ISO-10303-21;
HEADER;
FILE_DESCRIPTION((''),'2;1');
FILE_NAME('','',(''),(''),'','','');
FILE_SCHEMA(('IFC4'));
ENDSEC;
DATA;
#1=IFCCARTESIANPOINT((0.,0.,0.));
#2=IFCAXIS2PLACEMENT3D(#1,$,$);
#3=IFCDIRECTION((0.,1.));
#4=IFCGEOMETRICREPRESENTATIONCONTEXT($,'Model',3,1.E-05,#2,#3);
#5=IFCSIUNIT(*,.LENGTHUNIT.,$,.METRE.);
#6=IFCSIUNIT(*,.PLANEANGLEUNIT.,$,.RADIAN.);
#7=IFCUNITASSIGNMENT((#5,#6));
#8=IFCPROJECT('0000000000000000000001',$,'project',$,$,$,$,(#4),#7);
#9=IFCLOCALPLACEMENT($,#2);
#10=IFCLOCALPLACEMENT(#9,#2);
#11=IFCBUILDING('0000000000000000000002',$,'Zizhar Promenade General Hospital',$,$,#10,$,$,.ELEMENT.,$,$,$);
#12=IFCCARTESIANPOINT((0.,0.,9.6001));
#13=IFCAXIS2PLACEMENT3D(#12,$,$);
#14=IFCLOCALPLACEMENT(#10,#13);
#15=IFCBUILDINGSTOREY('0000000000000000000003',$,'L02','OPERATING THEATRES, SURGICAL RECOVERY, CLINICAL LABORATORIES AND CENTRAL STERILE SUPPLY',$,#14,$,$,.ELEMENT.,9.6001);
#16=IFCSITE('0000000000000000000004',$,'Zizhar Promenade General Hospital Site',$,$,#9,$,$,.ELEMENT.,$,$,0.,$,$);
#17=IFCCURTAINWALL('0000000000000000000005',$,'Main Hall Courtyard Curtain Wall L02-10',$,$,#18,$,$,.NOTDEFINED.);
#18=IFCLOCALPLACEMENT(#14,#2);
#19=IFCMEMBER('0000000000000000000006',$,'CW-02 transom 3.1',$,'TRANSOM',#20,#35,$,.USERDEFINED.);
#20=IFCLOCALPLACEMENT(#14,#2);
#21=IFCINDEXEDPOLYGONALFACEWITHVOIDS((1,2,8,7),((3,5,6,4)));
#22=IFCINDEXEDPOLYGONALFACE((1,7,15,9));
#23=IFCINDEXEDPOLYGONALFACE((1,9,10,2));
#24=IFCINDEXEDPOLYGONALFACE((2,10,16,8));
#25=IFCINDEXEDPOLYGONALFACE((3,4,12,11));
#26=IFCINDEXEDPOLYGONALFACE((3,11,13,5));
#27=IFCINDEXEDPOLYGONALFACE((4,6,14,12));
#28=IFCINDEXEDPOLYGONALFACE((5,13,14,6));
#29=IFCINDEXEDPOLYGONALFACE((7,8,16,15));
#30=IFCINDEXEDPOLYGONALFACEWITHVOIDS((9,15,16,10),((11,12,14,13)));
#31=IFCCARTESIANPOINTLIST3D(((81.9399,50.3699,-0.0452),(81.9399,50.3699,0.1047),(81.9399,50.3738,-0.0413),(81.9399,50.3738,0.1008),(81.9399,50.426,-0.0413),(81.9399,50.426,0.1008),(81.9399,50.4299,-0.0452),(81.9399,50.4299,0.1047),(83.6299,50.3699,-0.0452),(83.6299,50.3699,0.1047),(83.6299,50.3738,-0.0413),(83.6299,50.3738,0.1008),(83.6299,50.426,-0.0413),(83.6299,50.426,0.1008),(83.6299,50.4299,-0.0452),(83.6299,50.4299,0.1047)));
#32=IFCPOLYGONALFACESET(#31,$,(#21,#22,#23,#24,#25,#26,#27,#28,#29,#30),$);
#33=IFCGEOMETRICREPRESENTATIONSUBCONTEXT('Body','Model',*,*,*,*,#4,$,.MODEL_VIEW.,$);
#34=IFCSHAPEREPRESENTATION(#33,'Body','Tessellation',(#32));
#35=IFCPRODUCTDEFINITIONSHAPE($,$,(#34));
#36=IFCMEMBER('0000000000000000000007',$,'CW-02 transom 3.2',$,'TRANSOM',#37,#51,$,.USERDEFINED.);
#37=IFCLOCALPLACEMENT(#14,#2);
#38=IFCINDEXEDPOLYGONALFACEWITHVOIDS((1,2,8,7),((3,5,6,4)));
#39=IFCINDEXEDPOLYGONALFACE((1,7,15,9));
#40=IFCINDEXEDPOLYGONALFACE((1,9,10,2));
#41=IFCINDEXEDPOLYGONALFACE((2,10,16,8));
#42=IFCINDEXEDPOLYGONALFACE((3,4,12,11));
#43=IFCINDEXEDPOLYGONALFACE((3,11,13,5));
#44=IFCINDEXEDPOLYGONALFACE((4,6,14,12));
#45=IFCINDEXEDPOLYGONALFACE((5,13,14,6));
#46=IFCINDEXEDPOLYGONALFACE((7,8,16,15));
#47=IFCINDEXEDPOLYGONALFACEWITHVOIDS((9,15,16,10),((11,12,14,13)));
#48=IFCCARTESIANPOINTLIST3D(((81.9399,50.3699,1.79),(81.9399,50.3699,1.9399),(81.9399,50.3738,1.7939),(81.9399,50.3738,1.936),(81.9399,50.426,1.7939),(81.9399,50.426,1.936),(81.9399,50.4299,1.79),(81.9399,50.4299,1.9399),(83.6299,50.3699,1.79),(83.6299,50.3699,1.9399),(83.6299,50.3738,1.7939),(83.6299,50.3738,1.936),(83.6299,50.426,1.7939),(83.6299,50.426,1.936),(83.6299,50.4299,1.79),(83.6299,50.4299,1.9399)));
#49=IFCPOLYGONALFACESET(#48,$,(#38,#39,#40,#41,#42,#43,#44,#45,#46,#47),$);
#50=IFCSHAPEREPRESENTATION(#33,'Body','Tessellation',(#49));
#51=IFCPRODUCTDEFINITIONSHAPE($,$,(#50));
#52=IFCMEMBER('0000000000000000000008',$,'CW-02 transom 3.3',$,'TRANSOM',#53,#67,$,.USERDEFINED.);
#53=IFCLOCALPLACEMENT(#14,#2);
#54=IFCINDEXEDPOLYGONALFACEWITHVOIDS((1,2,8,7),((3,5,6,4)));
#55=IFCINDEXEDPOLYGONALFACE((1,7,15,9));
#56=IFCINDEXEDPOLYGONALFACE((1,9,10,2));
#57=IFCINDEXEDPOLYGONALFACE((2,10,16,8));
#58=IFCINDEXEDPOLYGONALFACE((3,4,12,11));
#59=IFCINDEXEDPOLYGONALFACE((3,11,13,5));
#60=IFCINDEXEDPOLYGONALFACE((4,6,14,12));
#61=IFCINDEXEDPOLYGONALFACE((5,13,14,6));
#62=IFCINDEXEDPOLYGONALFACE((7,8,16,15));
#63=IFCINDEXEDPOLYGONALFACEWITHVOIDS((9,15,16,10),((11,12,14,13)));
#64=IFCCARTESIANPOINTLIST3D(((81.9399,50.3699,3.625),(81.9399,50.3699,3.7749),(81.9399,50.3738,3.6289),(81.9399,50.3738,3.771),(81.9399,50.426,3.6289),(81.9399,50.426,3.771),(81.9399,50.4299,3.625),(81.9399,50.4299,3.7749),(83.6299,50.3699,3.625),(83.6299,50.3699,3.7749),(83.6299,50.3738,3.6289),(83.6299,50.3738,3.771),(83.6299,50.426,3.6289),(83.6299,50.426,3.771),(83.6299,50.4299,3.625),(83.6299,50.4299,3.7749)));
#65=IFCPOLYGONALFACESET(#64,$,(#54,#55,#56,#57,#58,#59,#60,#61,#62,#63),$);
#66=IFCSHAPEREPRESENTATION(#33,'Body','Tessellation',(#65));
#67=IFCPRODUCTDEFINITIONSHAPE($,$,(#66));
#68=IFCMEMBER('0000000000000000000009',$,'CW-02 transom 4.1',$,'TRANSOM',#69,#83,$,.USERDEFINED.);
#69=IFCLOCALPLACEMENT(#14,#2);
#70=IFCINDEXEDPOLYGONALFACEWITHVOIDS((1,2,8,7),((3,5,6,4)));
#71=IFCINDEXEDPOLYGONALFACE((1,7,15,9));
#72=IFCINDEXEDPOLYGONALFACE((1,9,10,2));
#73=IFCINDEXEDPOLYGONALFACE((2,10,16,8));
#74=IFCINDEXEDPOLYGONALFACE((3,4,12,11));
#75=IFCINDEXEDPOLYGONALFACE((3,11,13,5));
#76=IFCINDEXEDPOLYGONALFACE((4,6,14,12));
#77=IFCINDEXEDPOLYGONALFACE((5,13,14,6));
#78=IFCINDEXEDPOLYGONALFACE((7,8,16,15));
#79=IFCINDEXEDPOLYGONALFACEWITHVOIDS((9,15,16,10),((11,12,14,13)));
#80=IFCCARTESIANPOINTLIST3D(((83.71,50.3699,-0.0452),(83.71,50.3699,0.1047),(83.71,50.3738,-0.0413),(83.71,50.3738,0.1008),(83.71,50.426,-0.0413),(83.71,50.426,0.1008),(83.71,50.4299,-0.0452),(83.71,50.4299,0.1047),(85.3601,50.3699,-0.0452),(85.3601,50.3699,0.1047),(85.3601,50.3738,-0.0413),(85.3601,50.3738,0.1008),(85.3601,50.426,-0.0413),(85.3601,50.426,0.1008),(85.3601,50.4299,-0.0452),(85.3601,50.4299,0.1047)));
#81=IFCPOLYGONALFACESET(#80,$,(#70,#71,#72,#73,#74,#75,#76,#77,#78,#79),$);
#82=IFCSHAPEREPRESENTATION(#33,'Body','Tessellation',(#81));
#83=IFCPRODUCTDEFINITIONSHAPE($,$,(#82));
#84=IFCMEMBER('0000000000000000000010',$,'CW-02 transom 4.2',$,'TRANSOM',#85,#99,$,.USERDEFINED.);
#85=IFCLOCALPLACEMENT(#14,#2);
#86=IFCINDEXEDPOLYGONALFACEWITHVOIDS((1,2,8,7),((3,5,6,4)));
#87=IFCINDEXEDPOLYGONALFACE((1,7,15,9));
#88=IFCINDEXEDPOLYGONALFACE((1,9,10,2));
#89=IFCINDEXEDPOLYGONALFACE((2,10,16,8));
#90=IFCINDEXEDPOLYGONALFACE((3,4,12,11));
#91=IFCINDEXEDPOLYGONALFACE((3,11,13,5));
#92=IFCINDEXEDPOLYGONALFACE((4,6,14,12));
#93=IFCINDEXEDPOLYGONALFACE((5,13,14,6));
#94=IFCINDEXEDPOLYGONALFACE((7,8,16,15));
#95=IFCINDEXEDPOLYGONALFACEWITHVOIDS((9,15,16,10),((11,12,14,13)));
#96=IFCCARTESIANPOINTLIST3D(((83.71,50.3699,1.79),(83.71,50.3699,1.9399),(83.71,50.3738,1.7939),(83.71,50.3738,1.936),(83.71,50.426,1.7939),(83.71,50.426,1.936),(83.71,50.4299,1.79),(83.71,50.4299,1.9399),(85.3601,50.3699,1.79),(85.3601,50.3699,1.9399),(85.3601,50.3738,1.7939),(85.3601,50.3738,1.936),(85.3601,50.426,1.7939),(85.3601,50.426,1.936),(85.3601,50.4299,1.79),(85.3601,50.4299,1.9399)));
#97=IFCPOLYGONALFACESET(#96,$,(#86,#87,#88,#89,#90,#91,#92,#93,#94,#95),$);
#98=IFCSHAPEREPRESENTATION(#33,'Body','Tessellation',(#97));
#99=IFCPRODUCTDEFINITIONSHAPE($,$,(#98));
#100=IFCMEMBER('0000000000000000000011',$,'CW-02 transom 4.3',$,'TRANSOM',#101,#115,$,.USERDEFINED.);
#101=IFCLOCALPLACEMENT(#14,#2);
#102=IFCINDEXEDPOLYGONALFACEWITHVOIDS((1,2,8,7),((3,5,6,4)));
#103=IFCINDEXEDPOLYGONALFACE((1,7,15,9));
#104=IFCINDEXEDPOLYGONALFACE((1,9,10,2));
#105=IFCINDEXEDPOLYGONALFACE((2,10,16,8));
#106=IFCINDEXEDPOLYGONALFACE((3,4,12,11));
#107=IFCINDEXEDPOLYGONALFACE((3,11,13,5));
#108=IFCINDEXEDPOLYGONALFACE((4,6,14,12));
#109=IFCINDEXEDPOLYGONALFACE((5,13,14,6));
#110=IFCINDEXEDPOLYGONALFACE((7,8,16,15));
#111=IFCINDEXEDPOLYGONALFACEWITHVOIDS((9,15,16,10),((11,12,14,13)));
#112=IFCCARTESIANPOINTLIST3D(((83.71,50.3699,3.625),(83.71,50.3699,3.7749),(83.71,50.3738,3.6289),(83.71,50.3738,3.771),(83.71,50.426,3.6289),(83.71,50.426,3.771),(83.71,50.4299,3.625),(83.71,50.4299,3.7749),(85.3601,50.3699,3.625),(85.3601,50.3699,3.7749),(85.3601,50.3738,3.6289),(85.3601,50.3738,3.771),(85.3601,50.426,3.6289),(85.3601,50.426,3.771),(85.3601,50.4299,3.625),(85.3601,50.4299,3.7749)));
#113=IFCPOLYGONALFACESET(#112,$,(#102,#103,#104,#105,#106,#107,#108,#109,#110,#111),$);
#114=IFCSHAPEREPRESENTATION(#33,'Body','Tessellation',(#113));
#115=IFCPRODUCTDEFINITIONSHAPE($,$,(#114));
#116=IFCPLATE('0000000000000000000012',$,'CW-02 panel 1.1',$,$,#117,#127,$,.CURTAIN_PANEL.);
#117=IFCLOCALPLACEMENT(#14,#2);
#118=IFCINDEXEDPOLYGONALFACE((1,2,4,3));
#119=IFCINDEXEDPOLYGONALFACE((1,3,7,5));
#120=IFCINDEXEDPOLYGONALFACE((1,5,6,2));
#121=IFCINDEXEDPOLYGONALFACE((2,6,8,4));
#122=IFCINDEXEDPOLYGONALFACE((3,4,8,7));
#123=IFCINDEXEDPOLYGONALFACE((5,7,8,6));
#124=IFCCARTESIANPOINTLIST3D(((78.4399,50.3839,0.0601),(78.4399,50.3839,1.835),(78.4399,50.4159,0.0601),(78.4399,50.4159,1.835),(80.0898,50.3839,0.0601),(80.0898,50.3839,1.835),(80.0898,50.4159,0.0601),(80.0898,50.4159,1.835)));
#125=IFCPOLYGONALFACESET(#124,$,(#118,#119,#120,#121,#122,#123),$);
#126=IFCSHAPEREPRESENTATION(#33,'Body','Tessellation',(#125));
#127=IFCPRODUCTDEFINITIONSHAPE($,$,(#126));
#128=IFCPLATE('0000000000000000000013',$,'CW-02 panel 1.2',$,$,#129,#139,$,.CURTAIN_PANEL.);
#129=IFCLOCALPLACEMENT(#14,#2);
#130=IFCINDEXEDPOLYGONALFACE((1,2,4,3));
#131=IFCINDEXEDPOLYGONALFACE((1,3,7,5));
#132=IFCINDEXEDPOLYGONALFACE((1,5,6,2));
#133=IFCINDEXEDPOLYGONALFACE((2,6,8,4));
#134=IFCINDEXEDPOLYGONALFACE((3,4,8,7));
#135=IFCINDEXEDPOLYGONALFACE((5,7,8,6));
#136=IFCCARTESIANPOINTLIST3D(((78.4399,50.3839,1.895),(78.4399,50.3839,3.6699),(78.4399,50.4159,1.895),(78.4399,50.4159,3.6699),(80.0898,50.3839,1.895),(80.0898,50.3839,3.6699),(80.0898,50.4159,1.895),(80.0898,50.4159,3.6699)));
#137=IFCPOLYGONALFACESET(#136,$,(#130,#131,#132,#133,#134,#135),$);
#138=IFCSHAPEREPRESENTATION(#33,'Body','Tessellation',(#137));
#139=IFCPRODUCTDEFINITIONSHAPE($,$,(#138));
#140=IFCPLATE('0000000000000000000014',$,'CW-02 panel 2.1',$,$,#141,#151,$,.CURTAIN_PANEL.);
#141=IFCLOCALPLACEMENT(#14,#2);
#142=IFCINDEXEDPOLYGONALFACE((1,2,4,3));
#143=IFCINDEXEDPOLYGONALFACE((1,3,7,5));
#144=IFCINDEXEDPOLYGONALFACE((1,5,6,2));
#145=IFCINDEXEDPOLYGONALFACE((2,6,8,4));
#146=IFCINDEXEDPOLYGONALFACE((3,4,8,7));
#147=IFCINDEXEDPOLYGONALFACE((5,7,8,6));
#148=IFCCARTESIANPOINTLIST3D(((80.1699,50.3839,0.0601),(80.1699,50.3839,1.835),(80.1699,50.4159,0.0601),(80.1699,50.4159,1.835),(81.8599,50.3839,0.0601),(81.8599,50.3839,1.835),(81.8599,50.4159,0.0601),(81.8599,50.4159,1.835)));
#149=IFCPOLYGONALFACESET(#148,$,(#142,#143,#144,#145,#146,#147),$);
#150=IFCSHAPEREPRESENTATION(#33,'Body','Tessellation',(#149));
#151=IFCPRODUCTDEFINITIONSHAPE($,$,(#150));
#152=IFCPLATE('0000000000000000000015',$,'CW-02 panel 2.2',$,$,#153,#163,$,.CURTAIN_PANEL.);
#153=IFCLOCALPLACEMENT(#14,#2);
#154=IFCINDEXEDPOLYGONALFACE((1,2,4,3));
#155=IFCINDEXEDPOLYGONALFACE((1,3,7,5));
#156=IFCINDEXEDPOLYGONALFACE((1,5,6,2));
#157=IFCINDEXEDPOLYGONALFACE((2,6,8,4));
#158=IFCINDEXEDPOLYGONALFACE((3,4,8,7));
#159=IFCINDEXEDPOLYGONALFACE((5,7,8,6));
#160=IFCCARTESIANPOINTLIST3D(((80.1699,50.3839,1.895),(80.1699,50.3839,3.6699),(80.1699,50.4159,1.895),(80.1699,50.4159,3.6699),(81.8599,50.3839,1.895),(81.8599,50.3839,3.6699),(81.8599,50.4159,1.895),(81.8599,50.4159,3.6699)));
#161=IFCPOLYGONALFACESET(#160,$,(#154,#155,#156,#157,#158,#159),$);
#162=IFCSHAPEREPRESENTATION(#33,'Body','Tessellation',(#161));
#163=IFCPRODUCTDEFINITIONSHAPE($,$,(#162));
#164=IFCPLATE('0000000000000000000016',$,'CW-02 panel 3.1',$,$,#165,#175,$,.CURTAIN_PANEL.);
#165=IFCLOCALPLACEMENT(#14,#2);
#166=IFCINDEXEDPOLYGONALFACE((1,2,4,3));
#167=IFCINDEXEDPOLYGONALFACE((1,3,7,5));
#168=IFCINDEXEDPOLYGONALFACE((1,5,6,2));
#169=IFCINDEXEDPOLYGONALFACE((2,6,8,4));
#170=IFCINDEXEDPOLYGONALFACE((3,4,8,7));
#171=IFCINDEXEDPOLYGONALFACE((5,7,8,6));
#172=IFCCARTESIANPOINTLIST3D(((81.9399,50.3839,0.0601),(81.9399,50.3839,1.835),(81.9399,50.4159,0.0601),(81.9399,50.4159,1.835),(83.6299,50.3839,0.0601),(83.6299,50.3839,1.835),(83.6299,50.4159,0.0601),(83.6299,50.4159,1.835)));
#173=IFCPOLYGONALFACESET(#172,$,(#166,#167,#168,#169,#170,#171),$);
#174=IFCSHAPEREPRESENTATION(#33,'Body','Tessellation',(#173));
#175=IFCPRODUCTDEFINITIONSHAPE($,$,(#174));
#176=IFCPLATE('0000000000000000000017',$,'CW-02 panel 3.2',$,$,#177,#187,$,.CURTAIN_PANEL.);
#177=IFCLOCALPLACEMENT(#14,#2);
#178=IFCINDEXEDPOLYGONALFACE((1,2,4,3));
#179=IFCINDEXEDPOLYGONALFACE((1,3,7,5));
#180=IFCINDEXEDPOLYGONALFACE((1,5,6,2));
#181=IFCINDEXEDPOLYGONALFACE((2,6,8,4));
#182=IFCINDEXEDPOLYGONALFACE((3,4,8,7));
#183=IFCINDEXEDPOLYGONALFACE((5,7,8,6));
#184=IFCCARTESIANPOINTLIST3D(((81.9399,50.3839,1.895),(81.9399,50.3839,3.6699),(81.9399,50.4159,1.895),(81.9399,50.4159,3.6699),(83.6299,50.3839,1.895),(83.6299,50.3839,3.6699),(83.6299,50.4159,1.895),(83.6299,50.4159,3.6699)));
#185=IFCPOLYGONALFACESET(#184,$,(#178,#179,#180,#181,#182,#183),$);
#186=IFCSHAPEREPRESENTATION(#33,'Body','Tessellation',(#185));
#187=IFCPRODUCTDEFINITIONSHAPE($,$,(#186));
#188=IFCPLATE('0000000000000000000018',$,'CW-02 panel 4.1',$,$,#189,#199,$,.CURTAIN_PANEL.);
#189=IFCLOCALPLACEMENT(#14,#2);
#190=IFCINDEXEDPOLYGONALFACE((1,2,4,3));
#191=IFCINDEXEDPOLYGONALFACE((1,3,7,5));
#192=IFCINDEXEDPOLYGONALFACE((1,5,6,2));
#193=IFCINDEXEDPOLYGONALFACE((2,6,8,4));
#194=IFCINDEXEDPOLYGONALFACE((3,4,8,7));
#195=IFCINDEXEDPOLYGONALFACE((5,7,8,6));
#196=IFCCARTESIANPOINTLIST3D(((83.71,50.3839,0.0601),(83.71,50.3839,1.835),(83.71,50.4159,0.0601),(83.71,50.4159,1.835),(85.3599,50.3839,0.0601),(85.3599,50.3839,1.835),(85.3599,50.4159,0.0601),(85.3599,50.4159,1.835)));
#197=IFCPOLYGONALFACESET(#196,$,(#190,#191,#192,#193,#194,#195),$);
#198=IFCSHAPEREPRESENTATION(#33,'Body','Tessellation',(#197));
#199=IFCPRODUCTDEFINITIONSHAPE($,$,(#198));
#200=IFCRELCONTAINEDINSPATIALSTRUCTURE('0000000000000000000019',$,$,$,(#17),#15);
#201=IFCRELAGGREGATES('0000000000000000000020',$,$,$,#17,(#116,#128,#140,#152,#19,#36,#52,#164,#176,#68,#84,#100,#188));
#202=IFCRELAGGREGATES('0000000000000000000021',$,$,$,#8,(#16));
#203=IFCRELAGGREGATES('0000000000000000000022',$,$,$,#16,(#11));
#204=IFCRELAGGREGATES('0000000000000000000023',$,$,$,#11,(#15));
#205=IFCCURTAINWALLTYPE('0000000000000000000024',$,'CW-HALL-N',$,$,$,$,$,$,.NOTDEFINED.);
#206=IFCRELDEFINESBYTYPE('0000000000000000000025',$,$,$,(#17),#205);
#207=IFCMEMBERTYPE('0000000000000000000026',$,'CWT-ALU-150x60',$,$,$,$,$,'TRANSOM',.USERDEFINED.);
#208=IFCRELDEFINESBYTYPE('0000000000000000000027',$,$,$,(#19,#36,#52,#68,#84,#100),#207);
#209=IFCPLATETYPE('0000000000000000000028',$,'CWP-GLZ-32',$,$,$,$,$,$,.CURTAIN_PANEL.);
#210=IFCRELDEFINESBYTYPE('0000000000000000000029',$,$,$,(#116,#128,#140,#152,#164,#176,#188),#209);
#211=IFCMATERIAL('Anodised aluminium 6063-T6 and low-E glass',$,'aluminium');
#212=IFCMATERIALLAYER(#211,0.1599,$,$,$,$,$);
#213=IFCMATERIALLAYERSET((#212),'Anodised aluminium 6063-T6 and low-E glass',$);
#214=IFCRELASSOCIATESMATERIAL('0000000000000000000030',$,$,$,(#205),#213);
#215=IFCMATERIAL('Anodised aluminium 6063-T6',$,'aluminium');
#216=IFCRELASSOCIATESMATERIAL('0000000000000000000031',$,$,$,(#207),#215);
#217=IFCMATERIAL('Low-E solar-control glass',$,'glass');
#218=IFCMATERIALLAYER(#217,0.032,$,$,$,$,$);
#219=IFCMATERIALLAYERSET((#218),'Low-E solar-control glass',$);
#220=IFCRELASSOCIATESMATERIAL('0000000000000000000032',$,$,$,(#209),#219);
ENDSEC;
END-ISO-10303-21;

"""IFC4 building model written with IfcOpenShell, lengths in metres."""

from ifc_helpers import new_model, si_unit, direction, frame, origin, origin_2d, place, context, subcontext, project, spatial, rectangle, hollow_rectangle, extrude, material, layer, layer_set, material_profile, profile_set, type_object, element, aggregate, save


model = new_model("IFC4")

# Units and contexts
model_context = context("Model", 3, precision=1e-05, world=origin(), true_north=direction((0.0, 1.0)))
body_context = subcontext(model_context, "Body", "Model", "MODEL_VIEW")
ifc_project = project(units=[si_unit("LENGTHUNIT", "METRE"), si_unit("PLANEANGLEUNIT", "RADIAN")], contexts=[model_context])

# Site, building, storey
site_placement = place(None, origin())
site = spatial("IfcSite", under=ifc_project, at=site_placement, Name="Zizhar Promenade General Hospital Site", CompositionType="ELEMENT", RefElevation=0.0)
building_placement = place(site_placement, origin())
building = spatial("IfcBuilding", under=site, at=building_placement, Name="Zizhar Promenade General Hospital", CompositionType="ELEMENT")
storey_placement = place(building_placement, frame((0.0, 0.0, 9.6001)))
storey = spatial("IfcBuildingStorey", under=building, at=storey_placement, Name="L02", Description="OPERATING THEATRES, SURGICAL RECOVERY, CLINICAL LABORATORIES AND CENTRAL STERILE SUPPLY", CompositionType="ELEMENT", Elevation=9.6001)

# Curtain wall, members, plates
ifc_material_1 = material(Name="Anodised aluminium 6063-T6 and low-E glass", Category="aluminium")
ifc_layer_1 = layer(ifc_material_1, 0.1599)
ifc_layer_set_1 = layer_set([ifc_layer_1], Name="Anodised aluminium 6063-T6 and low-E glass")
curtain_wall_type = type_object("IfcCurtainWallType", Name="CW-HALL-N", PredefinedType="NOTDEFINED", material=ifc_layer_set_1)
curtain_wall_placement = place(storey_placement, origin())
curtain_wall = element("IfcCurtainWall", 1, at=curtain_wall_placement, inside=storey, type_object=curtain_wall_type, Name="Main Hall Courtyard Curtain Wall L02-10", PredefinedType="NOTDEFINED")
ifc_material_2 = material(Name="Anodised aluminium 6063-T6", Category="aluminium")
ifc_material_profile_1 = material_profile(ifc_material_2, hollow_rectangle(XDim=0.0601, YDim=0.1499, WallThickness=0.0039, at=origin_2d()))
ifc_profile_set_1 = profile_set([ifc_material_profile_1], Name="Anodised aluminium 6063-T6")
member_type_1 = type_object("IfcMemberType", Name="CWT-ALU-150x60", ElementType="TRANSOM", PredefinedType="USERDEFINED", material=ifc_profile_set_1)
member_1_placement = place(storey_placement, frame((81.9399, 50.3999, 0.0298), z_axis=(1.0, 0.0, 0.0), x_axis=(0.0, 1.0, 0.0)))
member_1 = element("IfcMember", 2, at=member_1_placement, type_object=member_type_1, Name="CW-02 transom 3.1", ObjectType="TRANSOM", PredefinedType="USERDEFINED", context=body_context, shape_type="SweptSolid", body=[
    extrude(hollow_rectangle(XDim=0.0601, YDim=0.1499, WallThickness=0.0039, at=origin_2d()), origin(), (0.0, 0.0, 1.0), 1.6899),
])
member_2_placement = place(storey_placement, frame((81.9399, 50.3999, 1.865), z_axis=(1.0, 0.0, 0.0), x_axis=(0.0, 1.0, 0.0)))
member_2 = element("IfcMember", 3, at=member_2_placement, type_object=member_type_1, Name="CW-02 transom 3.2", ObjectType="TRANSOM", PredefinedType="USERDEFINED", context=body_context, shape_type="SweptSolid", body=[
    extrude(hollow_rectangle(XDim=0.0601, YDim=0.1499, WallThickness=0.0039, at=origin_2d()), origin(), (0.0, 0.0, 1.0), 1.6899),
])
member_3_placement = place(storey_placement, frame((81.9399, 50.3999, 3.7), z_axis=(1.0, 0.0, 0.0), x_axis=(0.0, 1.0, 0.0)))
member_3 = element("IfcMember", 4, at=member_3_placement, type_object=member_type_1, Name="CW-02 transom 3.3", ObjectType="TRANSOM", PredefinedType="USERDEFINED", context=body_context, shape_type="SweptSolid", body=[
    extrude(hollow_rectangle(XDim=0.0601, YDim=0.1499, WallThickness=0.0039, at=origin_2d()), origin(), (0.0, 0.0, 1.0), 1.6899),
])
member_4_placement = place(storey_placement, frame((83.71, 50.3999, 0.0298), z_axis=(1.0, 0.0, 0.0), x_axis=(0.0, 1.0, 0.0)))
member_4 = element("IfcMember", 5, at=member_4_placement, type_object=member_type_1, Name="CW-02 transom 4.1", ObjectType="TRANSOM", PredefinedType="USERDEFINED", context=body_context, shape_type="SweptSolid", body=[
    extrude(hollow_rectangle(XDim=0.0601, YDim=0.1499, WallThickness=0.0039, at=origin_2d()), origin(), (0.0, 0.0, 1.0), 1.6501),
])
member_5_placement = place(storey_placement, frame((83.71, 50.3999, 1.865), z_axis=(1.0, 0.0, 0.0), x_axis=(0.0, 1.0, 0.0)))
member_5 = element("IfcMember", 6, at=member_5_placement, type_object=member_type_1, Name="CW-02 transom 4.2", ObjectType="TRANSOM", PredefinedType="USERDEFINED", context=body_context, shape_type="SweptSolid", body=[
    extrude(hollow_rectangle(XDim=0.0601, YDim=0.1499, WallThickness=0.0039, at=origin_2d()), origin(), (0.0, 0.0, 1.0), 1.6501),
])
member_6_placement = place(storey_placement, frame((83.71, 50.3999, 3.7), z_axis=(1.0, 0.0, 0.0), x_axis=(0.0, 1.0, 0.0)))
member_6 = element("IfcMember", 7, at=member_6_placement, type_object=member_type_1, Name="CW-02 transom 4.3", ObjectType="TRANSOM", PredefinedType="USERDEFINED", context=body_context, shape_type="SweptSolid", body=[
    extrude(hollow_rectangle(XDim=0.0601, YDim=0.1499, WallThickness=0.0039, at=origin_2d()), origin(), (0.0, 0.0, 1.0), 1.6501),
])
ifc_material_3 = material(Name="Low-E solar-control glass", Category="glass")
ifc_layer_2 = layer(ifc_material_3, 0.032)
ifc_layer_set_2 = layer_set([ifc_layer_2], Name="Low-E solar-control glass")
plate_type = type_object("IfcPlateType", Name="CWP-GLZ-32", PredefinedType="CURTAIN_PANEL", material=ifc_layer_set_2)
plate_1_placement = place(storey_placement, frame((79.2649, 50.3999, 0.0601), z_axis=(0.0, 0.0, 1.0), x_axis=(1.0, 0.0, 0.0)))
plate_1 = element("IfcPlate", 8, at=plate_1_placement, type_object=plate_type, Name="CW-02 panel 1.1", PredefinedType="CURTAIN_PANEL", context=body_context, shape_type="SweptSolid", body=[
    extrude(rectangle(XDim=1.6499, YDim=0.032, at=origin_2d()), origin(), (0.0, 0.0, 1.0), 1.7749),
])
plate_2_placement = place(storey_placement, frame((79.2649, 50.3999, 1.895), z_axis=(0.0, 0.0, 1.0), x_axis=(1.0, 0.0, 0.0)))
plate_2 = element("IfcPlate", 9, at=plate_2_placement, type_object=plate_type, Name="CW-02 panel 1.2", PredefinedType="CURTAIN_PANEL", context=body_context, shape_type="SweptSolid", body=[
    extrude(rectangle(XDim=1.6499, YDim=0.032, at=origin_2d()), origin(), (0.0, 0.0, 1.0), 1.7749),
])
plate_3_placement = place(storey_placement, frame((81.0149, 50.3999, 0.0601), z_axis=(0.0, 0.0, 1.0), x_axis=(1.0, 0.0, 0.0)))
plate_3 = element("IfcPlate", 10, at=plate_3_placement, type_object=plate_type, Name="CW-02 panel 2.1", PredefinedType="CURTAIN_PANEL", context=body_context, shape_type="SweptSolid", body=[
    extrude(rectangle(XDim=1.6899, YDim=0.032, at=origin_2d()), origin(), (0.0, 0.0, 1.0), 1.7749),
])
plate_4_placement = place(storey_placement, frame((81.0149, 50.3999, 1.895), z_axis=(0.0, 0.0, 1.0), x_axis=(1.0, 0.0, 0.0)))
plate_4 = element("IfcPlate", 11, at=plate_4_placement, type_object=plate_type, Name="CW-02 panel 2.2", PredefinedType="CURTAIN_PANEL", context=body_context, shape_type="SweptSolid", body=[
    extrude(rectangle(XDim=1.6899, YDim=0.032, at=origin_2d()), origin(), (0.0, 0.0, 1.0), 1.7749),
])
plate_5_placement = place(storey_placement, frame((82.7849, 50.3999, 0.0601), z_axis=(0.0, 0.0, 1.0), x_axis=(1.0, 0.0, 0.0)))
plate_5 = element("IfcPlate", 12, at=plate_5_placement, type_object=plate_type, Name="CW-02 panel 3.1", PredefinedType="CURTAIN_PANEL", context=body_context, shape_type="SweptSolid", body=[
    extrude(rectangle(XDim=1.6899, YDim=0.032, at=origin_2d()), origin(), (0.0, 0.0, 1.0), 1.7749),
])
plate_6_placement = place(storey_placement, frame((82.7849, 50.3999, 1.895), z_axis=(0.0, 0.0, 1.0), x_axis=(1.0, 0.0, 0.0)))
plate_6 = element("IfcPlate", 13, at=plate_6_placement, type_object=plate_type, Name="CW-02 panel 3.2", PredefinedType="CURTAIN_PANEL", context=body_context, shape_type="SweptSolid", body=[
    extrude(rectangle(XDim=1.6899, YDim=0.032, at=origin_2d()), origin(), (0.0, 0.0, 1.0), 1.7749),
])
plate_7_placement = place(storey_placement, frame((84.5349, 50.3999, 0.0601), z_axis=(0.0, 0.0, 1.0), x_axis=(1.0, 0.0, 0.0)))
plate_7 = element("IfcPlate", 14, at=plate_7_placement, type_object=plate_type, Name="CW-02 panel 4.1", PredefinedType="CURTAIN_PANEL", context=body_context, shape_type="SweptSolid", body=[
    extrude(rectangle(XDim=1.6499, YDim=0.032, at=origin_2d()), origin(), (0.0, 0.0, 1.0), 1.7749),
])
aggregate(curtain_wall, [plate_1, plate_2, plate_3, plate_4, member_1, member_2, member_3, plate_5, plate_6, member_4, member_5, member_6, plate_7])

save(model, "model.ifc")
